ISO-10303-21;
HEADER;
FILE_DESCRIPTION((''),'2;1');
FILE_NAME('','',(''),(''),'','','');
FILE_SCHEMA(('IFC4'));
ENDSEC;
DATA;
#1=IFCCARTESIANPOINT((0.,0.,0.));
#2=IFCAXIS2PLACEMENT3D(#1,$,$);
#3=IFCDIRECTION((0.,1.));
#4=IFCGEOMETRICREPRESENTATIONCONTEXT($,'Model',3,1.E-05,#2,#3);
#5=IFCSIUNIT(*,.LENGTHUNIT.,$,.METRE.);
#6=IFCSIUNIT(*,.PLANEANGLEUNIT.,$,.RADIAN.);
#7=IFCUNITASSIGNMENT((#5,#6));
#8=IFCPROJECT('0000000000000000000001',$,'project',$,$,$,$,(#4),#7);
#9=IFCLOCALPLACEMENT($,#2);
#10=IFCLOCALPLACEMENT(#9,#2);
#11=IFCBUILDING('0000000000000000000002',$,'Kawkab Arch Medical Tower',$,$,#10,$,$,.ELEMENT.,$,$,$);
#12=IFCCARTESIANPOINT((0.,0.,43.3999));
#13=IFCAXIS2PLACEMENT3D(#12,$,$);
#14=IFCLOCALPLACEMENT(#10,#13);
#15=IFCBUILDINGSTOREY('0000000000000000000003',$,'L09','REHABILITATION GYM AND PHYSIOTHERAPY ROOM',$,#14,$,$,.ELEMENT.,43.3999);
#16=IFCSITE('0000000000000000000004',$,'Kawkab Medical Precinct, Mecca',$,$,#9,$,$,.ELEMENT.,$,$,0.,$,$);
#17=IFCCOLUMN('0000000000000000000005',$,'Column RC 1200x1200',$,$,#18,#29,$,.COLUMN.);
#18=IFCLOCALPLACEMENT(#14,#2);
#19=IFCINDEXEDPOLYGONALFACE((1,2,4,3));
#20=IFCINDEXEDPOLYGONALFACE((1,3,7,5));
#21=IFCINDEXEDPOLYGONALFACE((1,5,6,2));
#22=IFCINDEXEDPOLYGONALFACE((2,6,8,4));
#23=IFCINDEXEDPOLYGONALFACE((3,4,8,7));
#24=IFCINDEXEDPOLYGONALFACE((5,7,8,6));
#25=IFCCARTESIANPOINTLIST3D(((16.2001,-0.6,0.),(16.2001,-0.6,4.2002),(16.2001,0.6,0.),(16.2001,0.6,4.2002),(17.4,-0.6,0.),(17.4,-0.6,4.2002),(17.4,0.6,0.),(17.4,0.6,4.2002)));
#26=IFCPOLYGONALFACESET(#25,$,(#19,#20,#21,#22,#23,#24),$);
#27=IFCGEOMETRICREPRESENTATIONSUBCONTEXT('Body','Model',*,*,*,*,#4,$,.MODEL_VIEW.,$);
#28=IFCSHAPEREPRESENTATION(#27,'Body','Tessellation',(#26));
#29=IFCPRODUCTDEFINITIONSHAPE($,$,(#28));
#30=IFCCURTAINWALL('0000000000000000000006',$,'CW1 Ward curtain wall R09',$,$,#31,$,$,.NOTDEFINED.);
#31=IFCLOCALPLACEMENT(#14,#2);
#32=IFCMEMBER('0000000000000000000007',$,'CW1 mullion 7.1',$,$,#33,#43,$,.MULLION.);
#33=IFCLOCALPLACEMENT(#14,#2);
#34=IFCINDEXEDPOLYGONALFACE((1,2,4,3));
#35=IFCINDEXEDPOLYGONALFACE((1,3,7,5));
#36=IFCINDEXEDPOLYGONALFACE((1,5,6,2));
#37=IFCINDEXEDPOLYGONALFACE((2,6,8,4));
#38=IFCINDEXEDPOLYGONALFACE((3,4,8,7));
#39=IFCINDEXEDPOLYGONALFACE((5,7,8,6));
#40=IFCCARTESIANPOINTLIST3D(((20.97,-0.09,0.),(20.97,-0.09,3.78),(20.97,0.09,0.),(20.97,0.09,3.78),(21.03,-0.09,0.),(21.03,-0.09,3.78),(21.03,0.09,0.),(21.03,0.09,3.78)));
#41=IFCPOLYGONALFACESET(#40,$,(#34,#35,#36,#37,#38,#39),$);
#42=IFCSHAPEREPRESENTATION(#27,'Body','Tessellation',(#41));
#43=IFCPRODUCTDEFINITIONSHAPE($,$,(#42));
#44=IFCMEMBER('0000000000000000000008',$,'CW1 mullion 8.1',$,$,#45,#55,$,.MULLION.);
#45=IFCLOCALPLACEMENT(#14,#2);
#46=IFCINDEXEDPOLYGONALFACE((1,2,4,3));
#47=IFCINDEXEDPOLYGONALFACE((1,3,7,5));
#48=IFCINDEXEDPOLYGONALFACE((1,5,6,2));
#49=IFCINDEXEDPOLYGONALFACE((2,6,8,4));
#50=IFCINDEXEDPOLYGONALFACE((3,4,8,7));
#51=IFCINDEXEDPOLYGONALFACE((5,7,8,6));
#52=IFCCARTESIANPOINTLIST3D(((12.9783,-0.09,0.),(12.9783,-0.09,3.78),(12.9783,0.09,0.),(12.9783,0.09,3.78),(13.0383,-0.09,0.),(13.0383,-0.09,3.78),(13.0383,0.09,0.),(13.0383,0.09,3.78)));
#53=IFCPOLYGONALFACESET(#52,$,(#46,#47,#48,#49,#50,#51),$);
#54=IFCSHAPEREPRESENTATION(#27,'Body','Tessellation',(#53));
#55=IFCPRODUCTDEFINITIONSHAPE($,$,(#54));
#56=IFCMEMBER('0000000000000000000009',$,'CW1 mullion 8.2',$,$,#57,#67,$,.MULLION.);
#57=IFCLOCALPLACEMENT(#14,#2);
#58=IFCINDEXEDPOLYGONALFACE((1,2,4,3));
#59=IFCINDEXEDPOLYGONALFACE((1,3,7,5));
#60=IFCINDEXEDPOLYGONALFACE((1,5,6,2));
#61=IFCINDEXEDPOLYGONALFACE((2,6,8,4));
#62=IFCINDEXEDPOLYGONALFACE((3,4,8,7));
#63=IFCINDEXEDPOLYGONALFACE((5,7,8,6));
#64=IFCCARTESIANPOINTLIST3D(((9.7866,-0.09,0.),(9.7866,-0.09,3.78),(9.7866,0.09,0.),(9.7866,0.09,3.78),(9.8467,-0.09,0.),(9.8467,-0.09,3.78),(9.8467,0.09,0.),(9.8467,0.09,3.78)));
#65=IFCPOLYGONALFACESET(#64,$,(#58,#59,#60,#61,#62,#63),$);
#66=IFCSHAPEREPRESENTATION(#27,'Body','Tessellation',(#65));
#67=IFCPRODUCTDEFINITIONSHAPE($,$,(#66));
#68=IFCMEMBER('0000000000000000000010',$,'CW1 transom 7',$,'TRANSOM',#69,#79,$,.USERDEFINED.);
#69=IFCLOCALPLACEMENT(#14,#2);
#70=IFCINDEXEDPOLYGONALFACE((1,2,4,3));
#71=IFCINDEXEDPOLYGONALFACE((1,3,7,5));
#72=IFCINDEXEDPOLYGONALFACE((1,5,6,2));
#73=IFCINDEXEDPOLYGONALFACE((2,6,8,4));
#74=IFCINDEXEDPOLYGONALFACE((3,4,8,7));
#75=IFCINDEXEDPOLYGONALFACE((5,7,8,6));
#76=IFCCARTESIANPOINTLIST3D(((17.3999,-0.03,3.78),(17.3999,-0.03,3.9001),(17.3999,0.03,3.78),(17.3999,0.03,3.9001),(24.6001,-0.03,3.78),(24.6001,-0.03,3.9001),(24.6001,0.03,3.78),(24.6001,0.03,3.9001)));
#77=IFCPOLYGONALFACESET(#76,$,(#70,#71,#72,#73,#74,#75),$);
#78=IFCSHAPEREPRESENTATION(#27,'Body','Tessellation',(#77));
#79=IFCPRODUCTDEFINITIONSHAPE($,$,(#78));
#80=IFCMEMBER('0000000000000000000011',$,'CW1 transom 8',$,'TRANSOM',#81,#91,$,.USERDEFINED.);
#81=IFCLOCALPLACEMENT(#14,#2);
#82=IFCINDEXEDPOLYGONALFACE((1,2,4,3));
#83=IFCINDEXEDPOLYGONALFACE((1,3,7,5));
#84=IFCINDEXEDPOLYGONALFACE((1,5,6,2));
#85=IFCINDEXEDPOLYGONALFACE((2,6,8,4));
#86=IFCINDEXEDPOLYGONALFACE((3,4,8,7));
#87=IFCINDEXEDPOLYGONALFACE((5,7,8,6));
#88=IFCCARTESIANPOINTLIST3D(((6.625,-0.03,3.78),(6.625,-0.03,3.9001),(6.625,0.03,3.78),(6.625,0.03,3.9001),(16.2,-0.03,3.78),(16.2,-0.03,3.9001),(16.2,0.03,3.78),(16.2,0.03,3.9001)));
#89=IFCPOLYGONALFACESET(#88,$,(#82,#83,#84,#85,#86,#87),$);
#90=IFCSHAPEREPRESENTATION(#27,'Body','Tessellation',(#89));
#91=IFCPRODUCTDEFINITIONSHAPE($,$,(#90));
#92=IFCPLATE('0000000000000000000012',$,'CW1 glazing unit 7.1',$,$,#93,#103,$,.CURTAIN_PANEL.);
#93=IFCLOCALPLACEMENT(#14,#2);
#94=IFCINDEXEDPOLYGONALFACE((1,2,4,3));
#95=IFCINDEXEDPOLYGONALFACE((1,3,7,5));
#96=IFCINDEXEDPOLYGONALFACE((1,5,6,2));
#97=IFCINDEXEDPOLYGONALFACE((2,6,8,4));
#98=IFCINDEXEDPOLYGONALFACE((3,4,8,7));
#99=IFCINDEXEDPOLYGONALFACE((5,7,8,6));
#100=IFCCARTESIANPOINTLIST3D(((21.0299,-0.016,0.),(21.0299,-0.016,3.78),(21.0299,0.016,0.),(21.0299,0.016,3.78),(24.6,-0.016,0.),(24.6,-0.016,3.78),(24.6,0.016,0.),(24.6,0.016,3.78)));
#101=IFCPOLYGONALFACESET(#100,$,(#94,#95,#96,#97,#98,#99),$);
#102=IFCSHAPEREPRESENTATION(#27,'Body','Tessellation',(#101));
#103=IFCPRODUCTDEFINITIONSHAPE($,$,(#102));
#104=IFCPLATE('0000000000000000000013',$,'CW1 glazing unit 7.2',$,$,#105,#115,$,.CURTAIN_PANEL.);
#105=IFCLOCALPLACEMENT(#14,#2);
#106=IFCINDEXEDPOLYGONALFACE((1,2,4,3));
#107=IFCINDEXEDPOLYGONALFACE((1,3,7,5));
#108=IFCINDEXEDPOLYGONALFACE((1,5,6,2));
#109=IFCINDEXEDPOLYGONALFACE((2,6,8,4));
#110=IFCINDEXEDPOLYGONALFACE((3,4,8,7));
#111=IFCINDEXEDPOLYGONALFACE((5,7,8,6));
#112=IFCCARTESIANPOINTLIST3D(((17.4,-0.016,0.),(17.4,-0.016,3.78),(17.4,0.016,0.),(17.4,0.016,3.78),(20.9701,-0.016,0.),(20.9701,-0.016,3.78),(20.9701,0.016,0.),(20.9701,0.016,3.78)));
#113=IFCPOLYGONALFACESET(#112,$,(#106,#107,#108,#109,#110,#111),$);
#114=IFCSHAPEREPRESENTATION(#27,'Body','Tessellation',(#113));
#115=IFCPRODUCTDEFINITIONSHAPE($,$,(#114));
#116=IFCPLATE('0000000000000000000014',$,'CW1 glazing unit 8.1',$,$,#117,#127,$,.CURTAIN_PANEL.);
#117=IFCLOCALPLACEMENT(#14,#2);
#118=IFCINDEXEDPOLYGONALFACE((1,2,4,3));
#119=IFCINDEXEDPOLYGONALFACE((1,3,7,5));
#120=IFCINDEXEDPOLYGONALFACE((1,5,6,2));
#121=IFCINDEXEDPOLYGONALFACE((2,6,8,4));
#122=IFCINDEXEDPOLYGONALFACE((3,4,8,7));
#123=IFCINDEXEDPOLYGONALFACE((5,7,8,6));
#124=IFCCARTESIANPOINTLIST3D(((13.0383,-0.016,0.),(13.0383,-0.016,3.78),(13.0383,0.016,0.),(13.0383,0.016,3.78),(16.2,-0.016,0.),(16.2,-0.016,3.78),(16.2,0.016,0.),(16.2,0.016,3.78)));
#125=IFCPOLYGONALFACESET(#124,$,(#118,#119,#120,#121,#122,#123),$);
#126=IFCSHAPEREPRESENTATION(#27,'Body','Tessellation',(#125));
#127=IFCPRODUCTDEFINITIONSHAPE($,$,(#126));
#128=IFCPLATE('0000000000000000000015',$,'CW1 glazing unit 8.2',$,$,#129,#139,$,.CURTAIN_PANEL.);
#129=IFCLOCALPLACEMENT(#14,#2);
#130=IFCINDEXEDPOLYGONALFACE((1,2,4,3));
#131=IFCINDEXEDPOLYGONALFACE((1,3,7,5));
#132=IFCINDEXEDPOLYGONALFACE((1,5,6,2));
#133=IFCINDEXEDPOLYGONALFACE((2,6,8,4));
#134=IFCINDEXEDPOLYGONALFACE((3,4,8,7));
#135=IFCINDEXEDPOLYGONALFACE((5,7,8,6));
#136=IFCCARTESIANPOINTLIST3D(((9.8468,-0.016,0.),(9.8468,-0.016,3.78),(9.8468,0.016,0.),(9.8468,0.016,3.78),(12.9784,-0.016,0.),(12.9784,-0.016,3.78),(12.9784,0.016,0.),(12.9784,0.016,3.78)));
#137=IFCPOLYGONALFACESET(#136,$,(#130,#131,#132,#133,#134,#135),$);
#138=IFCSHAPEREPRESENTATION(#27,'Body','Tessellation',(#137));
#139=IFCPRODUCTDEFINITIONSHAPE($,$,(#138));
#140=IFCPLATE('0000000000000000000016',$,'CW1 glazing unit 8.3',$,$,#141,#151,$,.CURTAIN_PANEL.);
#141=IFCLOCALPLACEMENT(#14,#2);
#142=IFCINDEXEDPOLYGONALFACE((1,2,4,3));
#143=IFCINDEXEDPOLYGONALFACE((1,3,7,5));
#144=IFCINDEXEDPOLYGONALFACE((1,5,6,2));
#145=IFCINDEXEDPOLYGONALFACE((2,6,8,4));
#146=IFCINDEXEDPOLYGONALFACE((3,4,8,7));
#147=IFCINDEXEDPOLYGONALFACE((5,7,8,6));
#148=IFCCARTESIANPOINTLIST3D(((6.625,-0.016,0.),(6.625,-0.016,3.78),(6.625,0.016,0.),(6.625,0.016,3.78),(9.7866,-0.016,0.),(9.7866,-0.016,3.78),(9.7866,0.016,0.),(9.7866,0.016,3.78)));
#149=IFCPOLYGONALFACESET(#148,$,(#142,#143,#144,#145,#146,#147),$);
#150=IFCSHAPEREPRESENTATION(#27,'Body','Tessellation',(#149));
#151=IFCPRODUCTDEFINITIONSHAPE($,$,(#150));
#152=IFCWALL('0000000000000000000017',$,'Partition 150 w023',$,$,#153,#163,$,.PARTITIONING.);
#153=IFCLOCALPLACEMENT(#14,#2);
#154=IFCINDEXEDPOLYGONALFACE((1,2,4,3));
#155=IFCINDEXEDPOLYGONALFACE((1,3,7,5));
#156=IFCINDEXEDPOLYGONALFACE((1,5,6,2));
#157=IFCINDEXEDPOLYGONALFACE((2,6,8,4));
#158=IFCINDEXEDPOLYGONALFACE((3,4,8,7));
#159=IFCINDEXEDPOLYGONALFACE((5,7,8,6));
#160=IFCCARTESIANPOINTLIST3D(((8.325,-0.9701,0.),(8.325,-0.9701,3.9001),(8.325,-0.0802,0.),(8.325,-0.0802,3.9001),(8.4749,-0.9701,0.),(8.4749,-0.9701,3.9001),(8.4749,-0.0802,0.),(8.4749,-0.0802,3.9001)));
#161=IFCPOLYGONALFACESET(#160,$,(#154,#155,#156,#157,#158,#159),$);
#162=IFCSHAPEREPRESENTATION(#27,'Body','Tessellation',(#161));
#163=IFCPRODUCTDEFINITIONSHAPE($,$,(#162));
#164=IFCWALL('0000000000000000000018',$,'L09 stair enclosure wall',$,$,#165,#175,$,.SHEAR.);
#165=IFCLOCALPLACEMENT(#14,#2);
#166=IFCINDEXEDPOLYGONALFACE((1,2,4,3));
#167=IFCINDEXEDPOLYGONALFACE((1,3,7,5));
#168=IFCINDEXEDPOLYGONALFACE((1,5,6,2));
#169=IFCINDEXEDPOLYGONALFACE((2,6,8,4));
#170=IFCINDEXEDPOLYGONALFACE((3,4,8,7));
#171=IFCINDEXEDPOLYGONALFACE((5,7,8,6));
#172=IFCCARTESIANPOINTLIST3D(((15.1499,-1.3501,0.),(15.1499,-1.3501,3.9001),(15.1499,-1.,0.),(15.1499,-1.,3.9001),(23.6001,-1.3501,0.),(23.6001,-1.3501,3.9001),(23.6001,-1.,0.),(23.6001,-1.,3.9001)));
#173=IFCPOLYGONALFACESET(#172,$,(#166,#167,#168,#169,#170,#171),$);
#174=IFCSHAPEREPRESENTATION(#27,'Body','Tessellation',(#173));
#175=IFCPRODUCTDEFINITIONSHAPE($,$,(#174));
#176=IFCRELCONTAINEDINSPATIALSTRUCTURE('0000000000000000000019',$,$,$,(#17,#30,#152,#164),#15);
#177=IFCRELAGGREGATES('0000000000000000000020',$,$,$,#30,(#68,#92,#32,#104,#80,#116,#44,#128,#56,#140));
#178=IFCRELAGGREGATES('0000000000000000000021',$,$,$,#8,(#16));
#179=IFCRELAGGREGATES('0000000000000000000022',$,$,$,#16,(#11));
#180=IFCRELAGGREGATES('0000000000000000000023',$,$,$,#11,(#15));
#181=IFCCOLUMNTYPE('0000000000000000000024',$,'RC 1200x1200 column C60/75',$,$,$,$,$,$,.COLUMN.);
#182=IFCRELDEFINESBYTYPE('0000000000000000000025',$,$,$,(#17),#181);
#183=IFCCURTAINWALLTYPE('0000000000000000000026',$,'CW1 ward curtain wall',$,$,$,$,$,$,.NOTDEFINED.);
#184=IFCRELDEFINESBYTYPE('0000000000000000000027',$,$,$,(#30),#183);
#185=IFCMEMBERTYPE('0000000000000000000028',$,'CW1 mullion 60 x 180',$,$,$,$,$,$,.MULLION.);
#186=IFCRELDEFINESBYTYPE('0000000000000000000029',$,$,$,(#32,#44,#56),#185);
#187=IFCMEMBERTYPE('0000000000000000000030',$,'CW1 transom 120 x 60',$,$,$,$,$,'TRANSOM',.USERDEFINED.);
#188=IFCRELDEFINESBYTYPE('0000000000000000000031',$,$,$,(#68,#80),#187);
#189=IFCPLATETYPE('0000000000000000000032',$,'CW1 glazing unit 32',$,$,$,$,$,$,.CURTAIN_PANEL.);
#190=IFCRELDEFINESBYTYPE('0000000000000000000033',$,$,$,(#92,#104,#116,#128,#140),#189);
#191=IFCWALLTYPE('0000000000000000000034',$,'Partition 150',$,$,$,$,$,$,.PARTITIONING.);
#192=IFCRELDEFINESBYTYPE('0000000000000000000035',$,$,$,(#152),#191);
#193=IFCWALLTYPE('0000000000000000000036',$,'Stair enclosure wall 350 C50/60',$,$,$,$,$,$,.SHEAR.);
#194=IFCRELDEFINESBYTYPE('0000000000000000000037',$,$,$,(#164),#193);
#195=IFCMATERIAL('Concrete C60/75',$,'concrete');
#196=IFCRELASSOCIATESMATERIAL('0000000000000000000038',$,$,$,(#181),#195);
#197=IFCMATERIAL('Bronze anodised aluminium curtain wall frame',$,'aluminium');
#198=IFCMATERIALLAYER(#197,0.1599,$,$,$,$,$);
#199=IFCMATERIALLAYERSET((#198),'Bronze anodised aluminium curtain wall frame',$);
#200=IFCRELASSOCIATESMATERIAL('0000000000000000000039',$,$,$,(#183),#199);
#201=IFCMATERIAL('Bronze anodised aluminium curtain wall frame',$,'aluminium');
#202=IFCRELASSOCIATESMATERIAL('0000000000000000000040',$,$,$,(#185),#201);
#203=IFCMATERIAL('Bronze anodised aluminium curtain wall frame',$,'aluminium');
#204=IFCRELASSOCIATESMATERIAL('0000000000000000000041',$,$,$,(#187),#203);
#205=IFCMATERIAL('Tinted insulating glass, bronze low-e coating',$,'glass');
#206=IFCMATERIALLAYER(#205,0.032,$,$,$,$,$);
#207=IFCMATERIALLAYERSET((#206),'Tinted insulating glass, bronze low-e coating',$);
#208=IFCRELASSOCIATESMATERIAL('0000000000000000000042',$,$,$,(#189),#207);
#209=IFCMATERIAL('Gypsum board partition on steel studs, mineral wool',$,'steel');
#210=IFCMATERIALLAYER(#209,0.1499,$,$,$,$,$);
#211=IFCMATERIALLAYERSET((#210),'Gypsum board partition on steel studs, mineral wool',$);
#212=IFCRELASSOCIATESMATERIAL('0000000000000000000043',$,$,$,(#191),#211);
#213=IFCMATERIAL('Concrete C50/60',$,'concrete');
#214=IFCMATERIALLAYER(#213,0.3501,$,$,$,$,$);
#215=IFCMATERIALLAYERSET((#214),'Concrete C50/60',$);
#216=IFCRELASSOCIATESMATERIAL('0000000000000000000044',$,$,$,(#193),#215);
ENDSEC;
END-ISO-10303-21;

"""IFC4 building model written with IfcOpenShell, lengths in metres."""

from ifc_helpers import new_model, si_unit, direction, frame, frame_2d, origin, origin_2d, place, context, subcontext, project, spatial, rectangle, extrude, material, layer, layer_set, material_profile, profile_set, type_object, element, aggregate, save


model = new_model("IFC4")

# Units and contexts
model_context = context("Model", 3, precision=1e-05, world=origin(), true_north=direction((0.0, 1.0)))
body_context = subcontext(model_context, "Body", "Model", "MODEL_VIEW")
ifc_project = project(units=[si_unit("LENGTHUNIT", "METRE"), si_unit("PLANEANGLEUNIT", "RADIAN")], contexts=[model_context])

# Site, building, storey
site_placement = place(None, origin())
site = spatial("IfcSite", under=ifc_project, at=site_placement, Name="Kawkab Medical Precinct, Mecca", CompositionType="ELEMENT", RefElevation=0.0)
building_placement = place(site_placement, origin())
building = spatial("IfcBuilding", under=site, at=building_placement, Name="Kawkab Arch Medical Tower", CompositionType="ELEMENT")
storey_placement = place(building_placement, frame((0.0, 0.0, 43.3999)))
storey = spatial("IfcBuildingStorey", under=building, at=storey_placement, Name="L09", Description="REHABILITATION GYM AND PHYSIOTHERAPY ROOM", CompositionType="ELEMENT", Elevation=43.3999)

# Column
ifc_material_1 = material(Name="Concrete C60/75", Category="concrete")
ifc_material_profile_1 = material_profile(ifc_material_1, rectangle(XDim=1.2, YDim=1.2, at=origin_2d()), Name="RC 1200x1200")
ifc_profile_set_1 = profile_set([ifc_material_profile_1], Name="Concrete C60/75")
column_type = type_object("IfcColumnType", Name="RC 1200x1200 column C60/75", PredefinedType="COLUMN", material=ifc_profile_set_1)
column_placement = place(storey_placement, frame((16.8, 0.0, 0.0), z_axis=(0.0, 0.0, 1.0), x_axis=(1.0, 0.0, 0.0)))
element("IfcColumn", 1, at=column_placement, inside=storey, type_object=column_type, Name="Column RC 1200x1200", PredefinedType="COLUMN", context=body_context, shape_type="SweptSolid", body=[
    extrude(rectangle(XDim=1.2, YDim=1.2, at=origin_2d()), origin(), (0.0, 0.0, 1.0), 4.2002),
])

# Curtain wall, members, plates
ifc_material_2 = material(Name="Bronze anodised aluminium curtain wall frame", Category="aluminium")
ifc_layer_1 = layer(ifc_material_2, 0.1599)
ifc_layer_set_1 = layer_set([ifc_layer_1], Name="Bronze anodised aluminium curtain wall frame")
curtain_wall_type = type_object("IfcCurtainWallType", Name="CW1 ward curtain wall", PredefinedType="NOTDEFINED", material=ifc_layer_set_1)
placement = place(storey_placement, origin())
curtain_wall = element("IfcCurtainWall", 2, at=placement, inside=storey, type_object=curtain_wall_type, Name="CW1 Ward curtain wall R09", PredefinedType="NOTDEFINED")
ifc_material_3 = material(Name="Bronze anodised aluminium curtain wall frame", Category="aluminium")
ifc_material_profile_2 = material_profile(ifc_material_3, rectangle(XDim=0.1799, YDim=0.0601, at=origin_2d()), Name="AL 60x180")
ifc_profile_set_2 = profile_set([ifc_material_profile_2], Name="Bronze anodised aluminium curtain wall frame")
member_type_1 = type_object("IfcMemberType", Name="CW1 mullion 60 x 180", PredefinedType="MULLION", material=ifc_profile_set_2)
member_1_placement = place(storey_placement, frame((21.0, 0.0, 0.0), z_axis=(0.0, 0.0, 1.0), x_axis=(0.0, -1.0, 0.0)))
member_1 = element("IfcMember", 3, at=member_1_placement, type_object=member_type_1, Name="CW1 mullion 7.1", PredefinedType="MULLION", context=body_context, shape_type="SweptSolid", body=[
    extrude(rectangle(XDim=0.1799, YDim=0.0601, at=origin_2d()), origin(), (0.0, 0.0, 1.0), 3.78),
])
member_2_placement = place(storey_placement, frame((13.0083, 0.0, 0.0), z_axis=(0.0, 0.0, 1.0), x_axis=(0.0, -1.0, 0.0)))
member_2 = element("IfcMember", 4, at=member_2_placement, type_object=member_type_1, Name="CW1 mullion 8.1", PredefinedType="MULLION", context=body_context, shape_type="SweptSolid", body=[
    extrude(rectangle(XDim=0.1799, YDim=0.0601, at=origin_2d()), origin(), (0.0, 0.0, 1.0), 3.78),
])
member_3_placement = place(storey_placement, frame((9.8167, 0.0, 0.0), z_axis=(0.0, 0.0, 1.0), x_axis=(0.0, -1.0, 0.0)))
member_3 = element("IfcMember", 5, at=member_3_placement, type_object=member_type_1, Name="CW1 mullion 8.2", PredefinedType="MULLION", context=body_context, shape_type="SweptSolid", body=[
    extrude(rectangle(XDim=0.1799, YDim=0.0601, at=origin_2d()), origin(), (0.0, 0.0, 1.0), 3.78),
])
ifc_material_4 = material(Name="Bronze anodised aluminium curtain wall frame", Category="aluminium")
ifc_material_profile_3 = material_profile(ifc_material_4, rectangle(XDim=0.0601, YDim=0.1201, at=origin_2d()), Name="AL 60x120")
ifc_profile_set_3 = profile_set([ifc_material_profile_3], Name="Bronze anodised aluminium curtain wall frame")
member_type_2 = type_object("IfcMemberType", Name="CW1 transom 120 x 60", ElementType="TRANSOM", PredefinedType="USERDEFINED", material=ifc_profile_set_3)
member_4_placement = place(storey_placement, frame((24.6001, 0.0, 3.8401), z_axis=(-1.0, 0.0, 0.0), x_axis=(0.0, -1.0, 0.0)))
member_4 = element("IfcMember", 6, at=member_4_placement, type_object=member_type_2, Name="CW1 transom 7", ObjectType="TRANSOM", PredefinedType="USERDEFINED", context=body_context, shape_type="SweptSolid", body=[
    extrude(rectangle(XDim=0.0601, YDim=0.1201, at=origin_2d()), origin(), (0.0, 0.0, 1.0), 7.2002),
])
member_5_placement = place(storey_placement, frame((16.2, 0.0, 3.8401), z_axis=(-1.0, 0.0, 0.0), x_axis=(0.0, -1.0, 0.0)))
member_5 = element("IfcMember", 7, at=member_5_placement, type_object=member_type_2, Name="CW1 transom 8", ObjectType="TRANSOM", PredefinedType="USERDEFINED", context=body_context, shape_type="SweptSolid", body=[
    extrude(rectangle(XDim=0.0601, YDim=0.1201, at=origin_2d()), origin(), (0.0, 0.0, 1.0), 9.575),
])
ifc_material_5 = material(Name="Tinted insulating glass, bronze low-e coating", Category="glass")
ifc_layer_2 = layer(ifc_material_5, 0.032)
ifc_layer_set_2 = layer_set([ifc_layer_2], Name="Tinted insulating glass, bronze low-e coating")
plate_type = type_object("IfcPlateType", Name="CW1 glazing unit 32", PredefinedType="CURTAIN_PANEL", material=ifc_layer_set_2)
plate_1_placement = place(storey_placement, frame((22.8149, 0.0, 0.0), z_axis=(0.0, 0.0, 1.0), x_axis=(-1.0, 0.0, 0.0)))
plate_1 = element("IfcPlate", 8, at=plate_1_placement, type_object=plate_type, Name="CW1 glazing unit 7.1", PredefinedType="CURTAIN_PANEL", context=body_context, shape_type="SweptSolid", body=[
    extrude(rectangle(XDim=3.5701, YDim=0.032, at=origin_2d()), origin(), (0.0, 0.0, 1.0), 3.78),
])
plate_2_placement = place(storey_placement, frame((19.1851, 0.0, 0.0), z_axis=(0.0, 0.0, 1.0), x_axis=(-1.0, 0.0, 0.0)))
plate_2 = element("IfcPlate", 9, at=plate_2_placement, type_object=plate_type, Name="CW1 glazing unit 7.2", PredefinedType="CURTAIN_PANEL", context=body_context, shape_type="SweptSolid", body=[
    extrude(rectangle(XDim=3.5701, YDim=0.032, at=origin_2d()), origin(), (0.0, 0.0, 1.0), 3.78),
])
plate_3_placement = place(storey_placement, frame((14.6191, 0.0, 0.0), z_axis=(0.0, 0.0, 1.0), x_axis=(-1.0, 0.0, 0.0)))
plate_3 = element("IfcPlate", 10, at=plate_3_placement, type_object=plate_type, Name="CW1 glazing unit 8.1", PredefinedType="CURTAIN_PANEL", context=body_context, shape_type="SweptSolid", body=[
    extrude(rectangle(XDim=3.1616, YDim=0.032, at=origin_2d()), origin(), (0.0, 0.0, 1.0), 3.78),
])
plate_4_placement = place(storey_placement, frame((11.4126, 0.0, 0.0), z_axis=(0.0, 0.0, 1.0), x_axis=(-1.0, 0.0, 0.0)))
plate_4 = element("IfcPlate", 11, at=plate_4_placement, type_object=plate_type, Name="CW1 glazing unit 8.2", PredefinedType="CURTAIN_PANEL", context=body_context, shape_type="SweptSolid", body=[
    extrude(rectangle(XDim=3.1316, YDim=0.032, at=origin_2d()), origin(), (0.0, 0.0, 1.0), 3.78),
])
plate_5_placement = place(storey_placement, frame((8.2058, 0.0, 0.0), z_axis=(0.0, 0.0, 1.0), x_axis=(-1.0, 0.0, 0.0)))
plate_5 = element("IfcPlate", 12, at=plate_5_placement, type_object=plate_type, Name="CW1 glazing unit 8.3", PredefinedType="CURTAIN_PANEL", context=body_context, shape_type="SweptSolid", body=[
    extrude(rectangle(XDim=3.1616, YDim=0.032, at=origin_2d()), origin(), (0.0, 0.0, 1.0), 3.78),
])
aggregate(curtain_wall, [member_4, plate_1, member_1, plate_2, member_5, plate_3, member_2, plate_4, member_3, plate_5])

# Walls
ifc_material_6 = material(Name="Gypsum board partition on steel studs, mineral wool", Category="steel")
ifc_layer_3 = layer(ifc_material_6, 0.1499)
ifc_layer_set_3 = layer_set([ifc_layer_3], Name="Gypsum board partition on steel studs, mineral wool")
wall_type_1 = type_object("IfcWallType", Name="Partition 150", PredefinedType="PARTITIONING", material=ifc_layer_set_3)
wall_1_placement = place(storey_placement, frame((8.3999, -0.97, 0.0), z_axis=(0.0, 0.0, 1.0), x_axis=(0.0, 1.0, 0.0)))
element("IfcWall", 13, at=wall_1_placement, inside=storey, type_object=wall_type_1, Name="Partition 150 w023", PredefinedType="PARTITIONING", context=body_context, shape_type="SweptSolid", body=[
    extrude(rectangle(XDim=0.8899, YDim=0.1499, at=frame_2d((0.4448, 0.0))), origin(), (0.0, 0.0, 1.0), 3.9001),
])
ifc_material_7 = material(Name="Concrete C50/60", Category="concrete")
ifc_layer_4 = layer(ifc_material_7, 0.3501)
ifc_layer_set_4 = layer_set([ifc_layer_4], Name="Concrete C50/60")
wall_type_2 = type_object("IfcWallType", Name="Stair enclosure wall 350 C50/60", PredefinedType="SHEAR", material=ifc_layer_set_4)
wall_2_placement = place(storey_placement, frame((15.1499, -1.175, 0.0), z_axis=(0.0, 0.0, 1.0), x_axis=(1.0, 0.0, 0.0)))
element("IfcWall", 14, at=wall_2_placement, inside=storey, type_object=wall_type_2, Name="L09 stair enclosure wall", PredefinedType="SHEAR", context=body_context, shape_type="SweptSolid", body=[
    extrude(rectangle(XDim=8.4502, YDim=0.3501, at=frame_2d((4.2251, 0.0))), origin(), (0.0, 0.0, 1.0), 3.9001),
])

save(model, "model.ifc")
